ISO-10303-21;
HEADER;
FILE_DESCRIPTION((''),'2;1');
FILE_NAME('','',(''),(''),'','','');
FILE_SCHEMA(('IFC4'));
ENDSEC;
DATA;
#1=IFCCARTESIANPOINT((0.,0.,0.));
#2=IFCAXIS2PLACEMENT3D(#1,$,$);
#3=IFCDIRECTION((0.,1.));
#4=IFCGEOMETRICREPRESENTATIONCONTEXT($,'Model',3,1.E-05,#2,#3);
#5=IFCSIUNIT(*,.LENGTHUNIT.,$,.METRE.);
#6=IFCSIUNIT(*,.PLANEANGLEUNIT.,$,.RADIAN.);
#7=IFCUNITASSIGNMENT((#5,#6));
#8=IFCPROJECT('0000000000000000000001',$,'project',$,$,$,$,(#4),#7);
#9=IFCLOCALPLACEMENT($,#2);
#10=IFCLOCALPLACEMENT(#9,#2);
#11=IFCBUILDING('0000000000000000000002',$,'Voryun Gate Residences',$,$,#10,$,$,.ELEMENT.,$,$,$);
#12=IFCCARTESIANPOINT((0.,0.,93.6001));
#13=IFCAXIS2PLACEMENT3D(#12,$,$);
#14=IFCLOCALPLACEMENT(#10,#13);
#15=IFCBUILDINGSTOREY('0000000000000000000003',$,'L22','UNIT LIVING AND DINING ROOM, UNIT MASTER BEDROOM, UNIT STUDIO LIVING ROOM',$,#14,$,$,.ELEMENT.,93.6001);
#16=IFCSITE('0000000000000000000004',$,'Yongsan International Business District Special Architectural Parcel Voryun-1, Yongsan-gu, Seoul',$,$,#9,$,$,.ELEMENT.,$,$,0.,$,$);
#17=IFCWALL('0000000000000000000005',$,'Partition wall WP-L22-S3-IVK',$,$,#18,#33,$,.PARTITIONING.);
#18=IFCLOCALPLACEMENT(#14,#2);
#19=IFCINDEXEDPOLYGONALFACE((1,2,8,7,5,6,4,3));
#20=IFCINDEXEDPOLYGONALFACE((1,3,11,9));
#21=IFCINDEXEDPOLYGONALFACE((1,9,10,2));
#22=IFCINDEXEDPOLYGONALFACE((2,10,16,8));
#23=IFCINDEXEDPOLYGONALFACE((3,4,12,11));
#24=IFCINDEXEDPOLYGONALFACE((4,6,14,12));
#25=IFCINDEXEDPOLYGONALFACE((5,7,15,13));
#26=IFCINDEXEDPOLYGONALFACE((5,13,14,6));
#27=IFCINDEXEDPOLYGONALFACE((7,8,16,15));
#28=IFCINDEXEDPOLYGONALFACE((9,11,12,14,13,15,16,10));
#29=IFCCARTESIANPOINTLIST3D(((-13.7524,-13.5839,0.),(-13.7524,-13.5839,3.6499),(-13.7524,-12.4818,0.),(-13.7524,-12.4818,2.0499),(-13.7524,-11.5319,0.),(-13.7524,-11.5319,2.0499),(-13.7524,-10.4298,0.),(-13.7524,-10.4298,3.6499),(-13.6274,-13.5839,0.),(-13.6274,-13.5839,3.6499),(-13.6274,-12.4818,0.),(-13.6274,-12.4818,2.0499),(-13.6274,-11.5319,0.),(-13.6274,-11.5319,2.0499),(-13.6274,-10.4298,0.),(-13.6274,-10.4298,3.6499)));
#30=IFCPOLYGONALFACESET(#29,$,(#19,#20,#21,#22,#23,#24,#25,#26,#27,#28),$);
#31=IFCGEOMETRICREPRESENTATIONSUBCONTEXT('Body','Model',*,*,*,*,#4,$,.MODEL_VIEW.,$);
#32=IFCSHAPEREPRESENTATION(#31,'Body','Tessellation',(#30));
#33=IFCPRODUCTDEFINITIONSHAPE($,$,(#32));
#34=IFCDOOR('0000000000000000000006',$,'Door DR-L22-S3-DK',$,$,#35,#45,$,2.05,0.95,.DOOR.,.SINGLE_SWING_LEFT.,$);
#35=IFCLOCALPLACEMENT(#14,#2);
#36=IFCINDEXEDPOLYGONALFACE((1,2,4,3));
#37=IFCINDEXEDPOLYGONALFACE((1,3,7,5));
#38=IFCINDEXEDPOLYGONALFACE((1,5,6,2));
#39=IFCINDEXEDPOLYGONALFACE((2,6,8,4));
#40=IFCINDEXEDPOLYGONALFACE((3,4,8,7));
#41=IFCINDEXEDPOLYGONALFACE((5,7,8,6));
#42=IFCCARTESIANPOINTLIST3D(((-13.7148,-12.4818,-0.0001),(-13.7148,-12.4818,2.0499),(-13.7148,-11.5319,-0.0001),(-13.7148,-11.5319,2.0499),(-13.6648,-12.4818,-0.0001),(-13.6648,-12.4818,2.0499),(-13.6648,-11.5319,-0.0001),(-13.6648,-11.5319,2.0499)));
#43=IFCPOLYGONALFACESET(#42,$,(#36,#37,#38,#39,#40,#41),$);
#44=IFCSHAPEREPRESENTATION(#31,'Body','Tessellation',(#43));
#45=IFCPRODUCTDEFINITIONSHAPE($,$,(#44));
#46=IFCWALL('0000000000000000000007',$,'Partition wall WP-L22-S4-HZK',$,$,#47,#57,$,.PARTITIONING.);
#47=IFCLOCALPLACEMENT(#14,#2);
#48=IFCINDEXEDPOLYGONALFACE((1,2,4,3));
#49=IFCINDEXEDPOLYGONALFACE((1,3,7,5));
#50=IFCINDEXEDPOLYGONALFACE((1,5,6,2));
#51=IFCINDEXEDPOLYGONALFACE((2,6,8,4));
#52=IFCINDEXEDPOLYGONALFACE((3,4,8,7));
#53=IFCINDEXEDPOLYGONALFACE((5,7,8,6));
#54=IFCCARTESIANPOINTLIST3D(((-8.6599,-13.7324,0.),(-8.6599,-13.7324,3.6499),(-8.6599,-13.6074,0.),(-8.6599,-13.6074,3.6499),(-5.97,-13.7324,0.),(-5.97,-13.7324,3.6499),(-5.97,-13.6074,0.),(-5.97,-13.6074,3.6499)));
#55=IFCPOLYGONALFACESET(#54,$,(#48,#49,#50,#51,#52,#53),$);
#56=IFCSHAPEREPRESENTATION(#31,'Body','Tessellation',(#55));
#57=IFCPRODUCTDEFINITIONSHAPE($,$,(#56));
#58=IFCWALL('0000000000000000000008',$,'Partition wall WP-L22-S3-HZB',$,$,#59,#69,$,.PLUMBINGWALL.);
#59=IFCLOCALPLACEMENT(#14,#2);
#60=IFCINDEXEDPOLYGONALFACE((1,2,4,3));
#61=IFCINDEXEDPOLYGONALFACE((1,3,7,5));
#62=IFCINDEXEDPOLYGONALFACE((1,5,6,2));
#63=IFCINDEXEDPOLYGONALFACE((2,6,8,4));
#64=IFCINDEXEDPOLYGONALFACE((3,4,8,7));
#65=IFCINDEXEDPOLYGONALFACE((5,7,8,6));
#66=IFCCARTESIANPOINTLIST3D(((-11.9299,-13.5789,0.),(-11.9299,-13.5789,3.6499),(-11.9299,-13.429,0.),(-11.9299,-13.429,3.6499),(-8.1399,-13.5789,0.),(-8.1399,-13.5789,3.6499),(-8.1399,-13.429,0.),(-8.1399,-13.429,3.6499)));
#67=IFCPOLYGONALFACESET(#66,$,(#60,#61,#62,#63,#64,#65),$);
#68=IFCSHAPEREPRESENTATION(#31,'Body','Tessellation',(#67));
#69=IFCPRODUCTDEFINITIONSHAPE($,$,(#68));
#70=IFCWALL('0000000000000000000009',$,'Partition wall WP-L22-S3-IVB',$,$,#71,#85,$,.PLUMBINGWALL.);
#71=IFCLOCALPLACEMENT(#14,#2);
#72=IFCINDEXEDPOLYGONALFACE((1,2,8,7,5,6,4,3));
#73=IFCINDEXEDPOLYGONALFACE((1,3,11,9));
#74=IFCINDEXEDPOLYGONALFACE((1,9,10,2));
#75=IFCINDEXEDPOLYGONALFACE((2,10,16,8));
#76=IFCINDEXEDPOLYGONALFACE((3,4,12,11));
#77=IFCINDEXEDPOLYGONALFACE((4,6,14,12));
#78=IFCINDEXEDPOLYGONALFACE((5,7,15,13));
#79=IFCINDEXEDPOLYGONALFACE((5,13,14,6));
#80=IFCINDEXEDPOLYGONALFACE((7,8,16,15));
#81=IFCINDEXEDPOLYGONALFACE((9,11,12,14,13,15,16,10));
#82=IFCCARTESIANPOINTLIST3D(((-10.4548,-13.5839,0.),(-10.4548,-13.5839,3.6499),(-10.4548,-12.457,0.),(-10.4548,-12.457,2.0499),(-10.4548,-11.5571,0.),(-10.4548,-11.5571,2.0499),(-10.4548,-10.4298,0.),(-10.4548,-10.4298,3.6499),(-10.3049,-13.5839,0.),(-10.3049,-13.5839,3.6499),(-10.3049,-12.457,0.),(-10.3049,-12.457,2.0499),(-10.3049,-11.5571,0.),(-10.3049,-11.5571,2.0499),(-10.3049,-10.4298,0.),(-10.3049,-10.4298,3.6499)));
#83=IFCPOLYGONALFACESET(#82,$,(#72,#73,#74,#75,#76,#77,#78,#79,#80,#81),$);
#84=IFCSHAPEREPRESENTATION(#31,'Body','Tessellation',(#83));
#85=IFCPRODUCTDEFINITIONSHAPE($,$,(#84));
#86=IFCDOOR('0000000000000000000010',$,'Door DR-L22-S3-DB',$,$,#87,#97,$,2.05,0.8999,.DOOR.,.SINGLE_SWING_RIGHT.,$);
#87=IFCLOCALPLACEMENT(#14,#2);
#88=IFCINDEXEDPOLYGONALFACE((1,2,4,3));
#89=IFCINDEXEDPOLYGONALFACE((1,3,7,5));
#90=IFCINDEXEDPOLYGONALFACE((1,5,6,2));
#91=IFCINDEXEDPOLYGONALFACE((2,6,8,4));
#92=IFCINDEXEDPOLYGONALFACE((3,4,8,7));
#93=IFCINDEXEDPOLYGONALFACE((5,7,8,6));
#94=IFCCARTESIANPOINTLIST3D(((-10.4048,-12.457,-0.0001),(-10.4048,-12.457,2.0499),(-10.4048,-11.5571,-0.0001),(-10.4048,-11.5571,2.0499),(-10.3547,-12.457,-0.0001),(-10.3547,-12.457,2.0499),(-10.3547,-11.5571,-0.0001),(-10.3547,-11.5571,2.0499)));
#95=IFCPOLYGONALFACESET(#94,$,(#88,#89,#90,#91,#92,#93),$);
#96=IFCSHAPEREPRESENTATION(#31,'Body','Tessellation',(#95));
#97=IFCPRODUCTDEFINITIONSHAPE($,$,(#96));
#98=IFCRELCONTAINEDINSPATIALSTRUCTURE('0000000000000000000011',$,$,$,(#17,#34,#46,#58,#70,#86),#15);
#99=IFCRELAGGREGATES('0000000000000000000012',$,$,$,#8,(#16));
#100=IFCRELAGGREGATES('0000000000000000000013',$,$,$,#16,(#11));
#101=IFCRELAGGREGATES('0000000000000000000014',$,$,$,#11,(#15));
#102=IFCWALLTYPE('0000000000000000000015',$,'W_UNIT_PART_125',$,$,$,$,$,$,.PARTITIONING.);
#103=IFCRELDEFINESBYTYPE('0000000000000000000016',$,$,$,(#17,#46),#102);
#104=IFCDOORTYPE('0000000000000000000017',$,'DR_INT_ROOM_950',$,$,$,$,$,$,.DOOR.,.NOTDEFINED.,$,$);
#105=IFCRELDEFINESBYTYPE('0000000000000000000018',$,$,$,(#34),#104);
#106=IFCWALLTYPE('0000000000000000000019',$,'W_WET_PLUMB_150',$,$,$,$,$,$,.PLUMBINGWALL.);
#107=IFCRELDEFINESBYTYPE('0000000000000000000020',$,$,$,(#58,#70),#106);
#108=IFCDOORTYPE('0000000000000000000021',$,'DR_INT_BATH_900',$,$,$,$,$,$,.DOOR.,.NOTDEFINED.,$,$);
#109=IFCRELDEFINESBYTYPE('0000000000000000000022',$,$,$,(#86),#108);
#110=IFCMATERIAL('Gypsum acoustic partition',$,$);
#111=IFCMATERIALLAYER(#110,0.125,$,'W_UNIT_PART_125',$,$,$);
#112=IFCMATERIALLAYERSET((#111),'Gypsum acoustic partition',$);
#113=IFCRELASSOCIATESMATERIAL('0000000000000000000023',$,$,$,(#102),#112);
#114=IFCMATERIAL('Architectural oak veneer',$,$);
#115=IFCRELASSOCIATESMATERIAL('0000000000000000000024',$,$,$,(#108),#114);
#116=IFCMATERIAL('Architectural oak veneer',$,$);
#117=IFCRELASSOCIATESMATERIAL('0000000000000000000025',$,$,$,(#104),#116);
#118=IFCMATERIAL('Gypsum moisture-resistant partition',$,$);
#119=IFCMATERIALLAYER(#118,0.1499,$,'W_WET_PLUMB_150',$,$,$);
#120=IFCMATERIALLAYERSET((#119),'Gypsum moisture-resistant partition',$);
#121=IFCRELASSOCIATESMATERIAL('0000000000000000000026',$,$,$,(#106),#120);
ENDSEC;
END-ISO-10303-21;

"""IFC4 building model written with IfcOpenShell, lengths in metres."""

from ifc_helpers import new_model, si_unit, direction, frame, frame_2d, origin, place, context, subcontext, project, spatial, rectangle, extrude, material, layer, layer_set, type_object, element, fill, save


model = new_model("IFC4")

# Units and contexts
model_context = context("Model", 3, precision=1e-05, world=origin(), true_north=direction((0.0, 1.0)))
body_context = subcontext(model_context, "Body", "Model", "MODEL_VIEW")
ifc_project = project(units=[si_unit("LENGTHUNIT", "METRE"), si_unit("PLANEANGLEUNIT", "RADIAN")], contexts=[model_context])

# Site, building, storey
site_placement = place(None, origin())
site = spatial("IfcSite", under=ifc_project, at=site_placement, Name="Yongsan International Business District Special Architectural Parcel Voryun-1, Yongsan-gu, Seoul", CompositionType="ELEMENT", RefElevation=0.0)
building_placement = place(site_placement, origin())
building = spatial("IfcBuilding", under=site, at=building_placement, Name="Voryun Gate Residences", CompositionType="ELEMENT")
storey_placement = place(building_placement, frame((0.0, 0.0, 93.6001)))
storey = spatial("IfcBuildingStorey", under=building, at=storey_placement, Name="L22", Description="UNIT LIVING AND DINING ROOM, UNIT MASTER BEDROOM, UNIT STUDIO LIVING ROOM", CompositionType="ELEMENT", Elevation=93.6001)

# Wall, opening, door
ifc_material_1 = material(Name="Gypsum acoustic partition")
ifc_layer_1 = layer(ifc_material_1, 0.125, Name="W_UNIT_PART_125")
ifc_layer_set_1 = layer_set([ifc_layer_1], Name="Gypsum acoustic partition")
wall_type_1 = type_object("IfcWallType", Name="W_UNIT_PART_125", PredefinedType="PARTITIONING", material=ifc_layer_set_1)
ifc_material_2 = material(Name="Architectural oak veneer")
door_type_1 = type_object("IfcDoorType", Name="DR_INT_BATH_900", OperationType="NOTDEFINED", PredefinedType="DOOR", material=ifc_material_2)
wall_1_placement = place(storey_placement, frame((-13.6899, -13.584, 0.0), z_axis=(0.0, 0.0, 1.0), x_axis=(0.0, 1.0, 0.0)))
wall_1 = element("IfcWall", 1, at=wall_1_placement, inside=storey, type_object=wall_type_1, Name="Partition wall WP-L22-S3-IVK", PredefinedType="PARTITIONING", context=body_context, shape_type="SweptSolid", body=[
    extrude(rectangle(XDim=3.1541, YDim=0.125, at=frame_2d((1.5771, 0.0))), origin(), (0.0, 0.0, 1.0), 3.6499),
])
opening_1_placement = place(wall_1_placement, frame((1.1021, 0.0, 0.0)))
opening_1 = element("IfcOpeningElement", 2, at=opening_1_placement, cuts=wall_1, PredefinedType="OPENING", context=body_context, shape_type="SweptSolid", body=[
    extrude(rectangle(XDim=0.95, YDim=2.05, at=frame_2d((0.4751, 1.0249))), frame((0.0, 0.0725, 0.0), z_axis=(0.0, -1.0, 0.0), x_axis=(1.0, 0.0, 0.0)), (0.0, 0.0, 1.0), 0.145),
])
ifc_material_3 = material(Name="Architectural oak veneer")
door_type_2 = type_object("IfcDoorType", Name="DR_INT_ROOM_950", OperationType="NOTDEFINED", PredefinedType="DOOR", material=ifc_material_3)
door_1_placement = place(opening_1_placement, origin())
door_1 = element("IfcDoor", 3, at=door_1_placement, inside=storey, type_object=door_type_2, Name="Door DR-L22-S3-DK", OperationType="SINGLE_SWING_LEFT", OverallHeight=2.05, OverallWidth=0.95, PredefinedType="DOOR", context=body_context, shape_type="SweptSolid", body=[
    extrude(rectangle(XDim=0.95, YDim=2.05, at=frame_2d((0.4751, 1.0249))), frame((0.0, 0.0249, 0.0), z_axis=(0.0, -1.0, 0.0), x_axis=(1.0, 0.0, 0.0)), (0.0, 0.0, 1.0), 0.05),
])
fill(opening_1, door_1)

# Walls
wall_2_placement = place(storey_placement, frame((-8.6599, -13.6699, 0.0), z_axis=(0.0, 0.0, 1.0), x_axis=(1.0, 0.0, 0.0)))
element("IfcWall", 4, at=wall_2_placement, inside=storey, type_object=wall_type_1, Name="Partition wall WP-L22-S4-HZK", PredefinedType="PARTITIONING", context=body_context, shape_type="SweptSolid", body=[
    extrude(rectangle(XDim=2.6899, YDim=0.125, at=frame_2d((1.345, 0.0))), origin(), (0.0, 0.0, 1.0), 3.6499),
])
ifc_material_4 = material(Name="Gypsum moisture-resistant partition")
ifc_layer_2 = layer(ifc_material_4, 0.1499, Name="W_WET_PLUMB_150")
ifc_layer_set_2 = layer_set([ifc_layer_2], Name="Gypsum moisture-resistant partition")
wall_type_2 = type_object("IfcWallType", Name="W_WET_PLUMB_150", PredefinedType="PLUMBINGWALL", material=ifc_layer_set_2)
wall_3_placement = place(storey_placement, frame((-11.9299, -13.5039, 0.0), z_axis=(0.0, 0.0, 1.0), x_axis=(1.0, 0.0, 0.0)))
element("IfcWall", 5, at=wall_3_placement, inside=storey, type_object=wall_type_2, Name="Partition wall WP-L22-S3-HZB", PredefinedType="PLUMBINGWALL", context=body_context, shape_type="SweptSolid", body=[
    extrude(rectangle(XDim=3.79, YDim=0.1499, at=frame_2d((1.895, 0.0))), origin(), (0.0, 0.0, 1.0), 3.6499),
])

# Wall, opening, door
wall_4_placement = place(storey_placement, frame((-10.3799, -13.584, 0.0), z_axis=(0.0, 0.0, 1.0), x_axis=(0.0, 1.0, 0.0)))
wall_4 = element("IfcWall", 6, at=wall_4_placement, inside=storey, type_object=wall_type_2, Name="Partition wall WP-L22-S3-IVB", PredefinedType="PLUMBINGWALL", context=body_context, shape_type="SweptSolid", body=[
    extrude(rectangle(XDim=3.1541, YDim=0.1499, at=frame_2d((1.5771, 0.0))), origin(), (0.0, 0.0, 1.0), 3.6499),
])
opening_2_placement = place(wall_4_placement, frame((1.127, 0.0, 0.0)))
opening_2 = element("IfcOpeningElement", 7, at=opening_2_placement, cuts=wall_4, PredefinedType="OPENING", context=body_context, shape_type="SweptSolid", body=[
    extrude(rectangle(XDim=0.8999, YDim=2.05, at=frame_2d((0.45, 1.0249))), frame((0.0, 0.085, 0.0), z_axis=(0.0, -1.0, 0.0), x_axis=(1.0, 0.0, 0.0)), (0.0, 0.0, 1.0), 0.1699),
])
door_2_placement = place(opening_2_placement, origin())
door_2 = element("IfcDoor", 8, at=door_2_placement, inside=storey, type_object=door_type_1, Name="Door DR-L22-S3-DB", OperationType="SINGLE_SWING_RIGHT", OverallHeight=2.05, OverallWidth=0.8999, PredefinedType="DOOR", context=body_context, shape_type="SweptSolid", body=[
    extrude(rectangle(XDim=0.8999, YDim=2.05, at=frame_2d((0.45, 1.0249))), frame((0.0, 0.0249, 0.0), z_axis=(0.0, -1.0, 0.0), x_axis=(1.0, 0.0, 0.0)), (0.0, 0.0, 1.0), 0.05),
])
fill(opening_2, door_2)

save(model, "model.ifc")
